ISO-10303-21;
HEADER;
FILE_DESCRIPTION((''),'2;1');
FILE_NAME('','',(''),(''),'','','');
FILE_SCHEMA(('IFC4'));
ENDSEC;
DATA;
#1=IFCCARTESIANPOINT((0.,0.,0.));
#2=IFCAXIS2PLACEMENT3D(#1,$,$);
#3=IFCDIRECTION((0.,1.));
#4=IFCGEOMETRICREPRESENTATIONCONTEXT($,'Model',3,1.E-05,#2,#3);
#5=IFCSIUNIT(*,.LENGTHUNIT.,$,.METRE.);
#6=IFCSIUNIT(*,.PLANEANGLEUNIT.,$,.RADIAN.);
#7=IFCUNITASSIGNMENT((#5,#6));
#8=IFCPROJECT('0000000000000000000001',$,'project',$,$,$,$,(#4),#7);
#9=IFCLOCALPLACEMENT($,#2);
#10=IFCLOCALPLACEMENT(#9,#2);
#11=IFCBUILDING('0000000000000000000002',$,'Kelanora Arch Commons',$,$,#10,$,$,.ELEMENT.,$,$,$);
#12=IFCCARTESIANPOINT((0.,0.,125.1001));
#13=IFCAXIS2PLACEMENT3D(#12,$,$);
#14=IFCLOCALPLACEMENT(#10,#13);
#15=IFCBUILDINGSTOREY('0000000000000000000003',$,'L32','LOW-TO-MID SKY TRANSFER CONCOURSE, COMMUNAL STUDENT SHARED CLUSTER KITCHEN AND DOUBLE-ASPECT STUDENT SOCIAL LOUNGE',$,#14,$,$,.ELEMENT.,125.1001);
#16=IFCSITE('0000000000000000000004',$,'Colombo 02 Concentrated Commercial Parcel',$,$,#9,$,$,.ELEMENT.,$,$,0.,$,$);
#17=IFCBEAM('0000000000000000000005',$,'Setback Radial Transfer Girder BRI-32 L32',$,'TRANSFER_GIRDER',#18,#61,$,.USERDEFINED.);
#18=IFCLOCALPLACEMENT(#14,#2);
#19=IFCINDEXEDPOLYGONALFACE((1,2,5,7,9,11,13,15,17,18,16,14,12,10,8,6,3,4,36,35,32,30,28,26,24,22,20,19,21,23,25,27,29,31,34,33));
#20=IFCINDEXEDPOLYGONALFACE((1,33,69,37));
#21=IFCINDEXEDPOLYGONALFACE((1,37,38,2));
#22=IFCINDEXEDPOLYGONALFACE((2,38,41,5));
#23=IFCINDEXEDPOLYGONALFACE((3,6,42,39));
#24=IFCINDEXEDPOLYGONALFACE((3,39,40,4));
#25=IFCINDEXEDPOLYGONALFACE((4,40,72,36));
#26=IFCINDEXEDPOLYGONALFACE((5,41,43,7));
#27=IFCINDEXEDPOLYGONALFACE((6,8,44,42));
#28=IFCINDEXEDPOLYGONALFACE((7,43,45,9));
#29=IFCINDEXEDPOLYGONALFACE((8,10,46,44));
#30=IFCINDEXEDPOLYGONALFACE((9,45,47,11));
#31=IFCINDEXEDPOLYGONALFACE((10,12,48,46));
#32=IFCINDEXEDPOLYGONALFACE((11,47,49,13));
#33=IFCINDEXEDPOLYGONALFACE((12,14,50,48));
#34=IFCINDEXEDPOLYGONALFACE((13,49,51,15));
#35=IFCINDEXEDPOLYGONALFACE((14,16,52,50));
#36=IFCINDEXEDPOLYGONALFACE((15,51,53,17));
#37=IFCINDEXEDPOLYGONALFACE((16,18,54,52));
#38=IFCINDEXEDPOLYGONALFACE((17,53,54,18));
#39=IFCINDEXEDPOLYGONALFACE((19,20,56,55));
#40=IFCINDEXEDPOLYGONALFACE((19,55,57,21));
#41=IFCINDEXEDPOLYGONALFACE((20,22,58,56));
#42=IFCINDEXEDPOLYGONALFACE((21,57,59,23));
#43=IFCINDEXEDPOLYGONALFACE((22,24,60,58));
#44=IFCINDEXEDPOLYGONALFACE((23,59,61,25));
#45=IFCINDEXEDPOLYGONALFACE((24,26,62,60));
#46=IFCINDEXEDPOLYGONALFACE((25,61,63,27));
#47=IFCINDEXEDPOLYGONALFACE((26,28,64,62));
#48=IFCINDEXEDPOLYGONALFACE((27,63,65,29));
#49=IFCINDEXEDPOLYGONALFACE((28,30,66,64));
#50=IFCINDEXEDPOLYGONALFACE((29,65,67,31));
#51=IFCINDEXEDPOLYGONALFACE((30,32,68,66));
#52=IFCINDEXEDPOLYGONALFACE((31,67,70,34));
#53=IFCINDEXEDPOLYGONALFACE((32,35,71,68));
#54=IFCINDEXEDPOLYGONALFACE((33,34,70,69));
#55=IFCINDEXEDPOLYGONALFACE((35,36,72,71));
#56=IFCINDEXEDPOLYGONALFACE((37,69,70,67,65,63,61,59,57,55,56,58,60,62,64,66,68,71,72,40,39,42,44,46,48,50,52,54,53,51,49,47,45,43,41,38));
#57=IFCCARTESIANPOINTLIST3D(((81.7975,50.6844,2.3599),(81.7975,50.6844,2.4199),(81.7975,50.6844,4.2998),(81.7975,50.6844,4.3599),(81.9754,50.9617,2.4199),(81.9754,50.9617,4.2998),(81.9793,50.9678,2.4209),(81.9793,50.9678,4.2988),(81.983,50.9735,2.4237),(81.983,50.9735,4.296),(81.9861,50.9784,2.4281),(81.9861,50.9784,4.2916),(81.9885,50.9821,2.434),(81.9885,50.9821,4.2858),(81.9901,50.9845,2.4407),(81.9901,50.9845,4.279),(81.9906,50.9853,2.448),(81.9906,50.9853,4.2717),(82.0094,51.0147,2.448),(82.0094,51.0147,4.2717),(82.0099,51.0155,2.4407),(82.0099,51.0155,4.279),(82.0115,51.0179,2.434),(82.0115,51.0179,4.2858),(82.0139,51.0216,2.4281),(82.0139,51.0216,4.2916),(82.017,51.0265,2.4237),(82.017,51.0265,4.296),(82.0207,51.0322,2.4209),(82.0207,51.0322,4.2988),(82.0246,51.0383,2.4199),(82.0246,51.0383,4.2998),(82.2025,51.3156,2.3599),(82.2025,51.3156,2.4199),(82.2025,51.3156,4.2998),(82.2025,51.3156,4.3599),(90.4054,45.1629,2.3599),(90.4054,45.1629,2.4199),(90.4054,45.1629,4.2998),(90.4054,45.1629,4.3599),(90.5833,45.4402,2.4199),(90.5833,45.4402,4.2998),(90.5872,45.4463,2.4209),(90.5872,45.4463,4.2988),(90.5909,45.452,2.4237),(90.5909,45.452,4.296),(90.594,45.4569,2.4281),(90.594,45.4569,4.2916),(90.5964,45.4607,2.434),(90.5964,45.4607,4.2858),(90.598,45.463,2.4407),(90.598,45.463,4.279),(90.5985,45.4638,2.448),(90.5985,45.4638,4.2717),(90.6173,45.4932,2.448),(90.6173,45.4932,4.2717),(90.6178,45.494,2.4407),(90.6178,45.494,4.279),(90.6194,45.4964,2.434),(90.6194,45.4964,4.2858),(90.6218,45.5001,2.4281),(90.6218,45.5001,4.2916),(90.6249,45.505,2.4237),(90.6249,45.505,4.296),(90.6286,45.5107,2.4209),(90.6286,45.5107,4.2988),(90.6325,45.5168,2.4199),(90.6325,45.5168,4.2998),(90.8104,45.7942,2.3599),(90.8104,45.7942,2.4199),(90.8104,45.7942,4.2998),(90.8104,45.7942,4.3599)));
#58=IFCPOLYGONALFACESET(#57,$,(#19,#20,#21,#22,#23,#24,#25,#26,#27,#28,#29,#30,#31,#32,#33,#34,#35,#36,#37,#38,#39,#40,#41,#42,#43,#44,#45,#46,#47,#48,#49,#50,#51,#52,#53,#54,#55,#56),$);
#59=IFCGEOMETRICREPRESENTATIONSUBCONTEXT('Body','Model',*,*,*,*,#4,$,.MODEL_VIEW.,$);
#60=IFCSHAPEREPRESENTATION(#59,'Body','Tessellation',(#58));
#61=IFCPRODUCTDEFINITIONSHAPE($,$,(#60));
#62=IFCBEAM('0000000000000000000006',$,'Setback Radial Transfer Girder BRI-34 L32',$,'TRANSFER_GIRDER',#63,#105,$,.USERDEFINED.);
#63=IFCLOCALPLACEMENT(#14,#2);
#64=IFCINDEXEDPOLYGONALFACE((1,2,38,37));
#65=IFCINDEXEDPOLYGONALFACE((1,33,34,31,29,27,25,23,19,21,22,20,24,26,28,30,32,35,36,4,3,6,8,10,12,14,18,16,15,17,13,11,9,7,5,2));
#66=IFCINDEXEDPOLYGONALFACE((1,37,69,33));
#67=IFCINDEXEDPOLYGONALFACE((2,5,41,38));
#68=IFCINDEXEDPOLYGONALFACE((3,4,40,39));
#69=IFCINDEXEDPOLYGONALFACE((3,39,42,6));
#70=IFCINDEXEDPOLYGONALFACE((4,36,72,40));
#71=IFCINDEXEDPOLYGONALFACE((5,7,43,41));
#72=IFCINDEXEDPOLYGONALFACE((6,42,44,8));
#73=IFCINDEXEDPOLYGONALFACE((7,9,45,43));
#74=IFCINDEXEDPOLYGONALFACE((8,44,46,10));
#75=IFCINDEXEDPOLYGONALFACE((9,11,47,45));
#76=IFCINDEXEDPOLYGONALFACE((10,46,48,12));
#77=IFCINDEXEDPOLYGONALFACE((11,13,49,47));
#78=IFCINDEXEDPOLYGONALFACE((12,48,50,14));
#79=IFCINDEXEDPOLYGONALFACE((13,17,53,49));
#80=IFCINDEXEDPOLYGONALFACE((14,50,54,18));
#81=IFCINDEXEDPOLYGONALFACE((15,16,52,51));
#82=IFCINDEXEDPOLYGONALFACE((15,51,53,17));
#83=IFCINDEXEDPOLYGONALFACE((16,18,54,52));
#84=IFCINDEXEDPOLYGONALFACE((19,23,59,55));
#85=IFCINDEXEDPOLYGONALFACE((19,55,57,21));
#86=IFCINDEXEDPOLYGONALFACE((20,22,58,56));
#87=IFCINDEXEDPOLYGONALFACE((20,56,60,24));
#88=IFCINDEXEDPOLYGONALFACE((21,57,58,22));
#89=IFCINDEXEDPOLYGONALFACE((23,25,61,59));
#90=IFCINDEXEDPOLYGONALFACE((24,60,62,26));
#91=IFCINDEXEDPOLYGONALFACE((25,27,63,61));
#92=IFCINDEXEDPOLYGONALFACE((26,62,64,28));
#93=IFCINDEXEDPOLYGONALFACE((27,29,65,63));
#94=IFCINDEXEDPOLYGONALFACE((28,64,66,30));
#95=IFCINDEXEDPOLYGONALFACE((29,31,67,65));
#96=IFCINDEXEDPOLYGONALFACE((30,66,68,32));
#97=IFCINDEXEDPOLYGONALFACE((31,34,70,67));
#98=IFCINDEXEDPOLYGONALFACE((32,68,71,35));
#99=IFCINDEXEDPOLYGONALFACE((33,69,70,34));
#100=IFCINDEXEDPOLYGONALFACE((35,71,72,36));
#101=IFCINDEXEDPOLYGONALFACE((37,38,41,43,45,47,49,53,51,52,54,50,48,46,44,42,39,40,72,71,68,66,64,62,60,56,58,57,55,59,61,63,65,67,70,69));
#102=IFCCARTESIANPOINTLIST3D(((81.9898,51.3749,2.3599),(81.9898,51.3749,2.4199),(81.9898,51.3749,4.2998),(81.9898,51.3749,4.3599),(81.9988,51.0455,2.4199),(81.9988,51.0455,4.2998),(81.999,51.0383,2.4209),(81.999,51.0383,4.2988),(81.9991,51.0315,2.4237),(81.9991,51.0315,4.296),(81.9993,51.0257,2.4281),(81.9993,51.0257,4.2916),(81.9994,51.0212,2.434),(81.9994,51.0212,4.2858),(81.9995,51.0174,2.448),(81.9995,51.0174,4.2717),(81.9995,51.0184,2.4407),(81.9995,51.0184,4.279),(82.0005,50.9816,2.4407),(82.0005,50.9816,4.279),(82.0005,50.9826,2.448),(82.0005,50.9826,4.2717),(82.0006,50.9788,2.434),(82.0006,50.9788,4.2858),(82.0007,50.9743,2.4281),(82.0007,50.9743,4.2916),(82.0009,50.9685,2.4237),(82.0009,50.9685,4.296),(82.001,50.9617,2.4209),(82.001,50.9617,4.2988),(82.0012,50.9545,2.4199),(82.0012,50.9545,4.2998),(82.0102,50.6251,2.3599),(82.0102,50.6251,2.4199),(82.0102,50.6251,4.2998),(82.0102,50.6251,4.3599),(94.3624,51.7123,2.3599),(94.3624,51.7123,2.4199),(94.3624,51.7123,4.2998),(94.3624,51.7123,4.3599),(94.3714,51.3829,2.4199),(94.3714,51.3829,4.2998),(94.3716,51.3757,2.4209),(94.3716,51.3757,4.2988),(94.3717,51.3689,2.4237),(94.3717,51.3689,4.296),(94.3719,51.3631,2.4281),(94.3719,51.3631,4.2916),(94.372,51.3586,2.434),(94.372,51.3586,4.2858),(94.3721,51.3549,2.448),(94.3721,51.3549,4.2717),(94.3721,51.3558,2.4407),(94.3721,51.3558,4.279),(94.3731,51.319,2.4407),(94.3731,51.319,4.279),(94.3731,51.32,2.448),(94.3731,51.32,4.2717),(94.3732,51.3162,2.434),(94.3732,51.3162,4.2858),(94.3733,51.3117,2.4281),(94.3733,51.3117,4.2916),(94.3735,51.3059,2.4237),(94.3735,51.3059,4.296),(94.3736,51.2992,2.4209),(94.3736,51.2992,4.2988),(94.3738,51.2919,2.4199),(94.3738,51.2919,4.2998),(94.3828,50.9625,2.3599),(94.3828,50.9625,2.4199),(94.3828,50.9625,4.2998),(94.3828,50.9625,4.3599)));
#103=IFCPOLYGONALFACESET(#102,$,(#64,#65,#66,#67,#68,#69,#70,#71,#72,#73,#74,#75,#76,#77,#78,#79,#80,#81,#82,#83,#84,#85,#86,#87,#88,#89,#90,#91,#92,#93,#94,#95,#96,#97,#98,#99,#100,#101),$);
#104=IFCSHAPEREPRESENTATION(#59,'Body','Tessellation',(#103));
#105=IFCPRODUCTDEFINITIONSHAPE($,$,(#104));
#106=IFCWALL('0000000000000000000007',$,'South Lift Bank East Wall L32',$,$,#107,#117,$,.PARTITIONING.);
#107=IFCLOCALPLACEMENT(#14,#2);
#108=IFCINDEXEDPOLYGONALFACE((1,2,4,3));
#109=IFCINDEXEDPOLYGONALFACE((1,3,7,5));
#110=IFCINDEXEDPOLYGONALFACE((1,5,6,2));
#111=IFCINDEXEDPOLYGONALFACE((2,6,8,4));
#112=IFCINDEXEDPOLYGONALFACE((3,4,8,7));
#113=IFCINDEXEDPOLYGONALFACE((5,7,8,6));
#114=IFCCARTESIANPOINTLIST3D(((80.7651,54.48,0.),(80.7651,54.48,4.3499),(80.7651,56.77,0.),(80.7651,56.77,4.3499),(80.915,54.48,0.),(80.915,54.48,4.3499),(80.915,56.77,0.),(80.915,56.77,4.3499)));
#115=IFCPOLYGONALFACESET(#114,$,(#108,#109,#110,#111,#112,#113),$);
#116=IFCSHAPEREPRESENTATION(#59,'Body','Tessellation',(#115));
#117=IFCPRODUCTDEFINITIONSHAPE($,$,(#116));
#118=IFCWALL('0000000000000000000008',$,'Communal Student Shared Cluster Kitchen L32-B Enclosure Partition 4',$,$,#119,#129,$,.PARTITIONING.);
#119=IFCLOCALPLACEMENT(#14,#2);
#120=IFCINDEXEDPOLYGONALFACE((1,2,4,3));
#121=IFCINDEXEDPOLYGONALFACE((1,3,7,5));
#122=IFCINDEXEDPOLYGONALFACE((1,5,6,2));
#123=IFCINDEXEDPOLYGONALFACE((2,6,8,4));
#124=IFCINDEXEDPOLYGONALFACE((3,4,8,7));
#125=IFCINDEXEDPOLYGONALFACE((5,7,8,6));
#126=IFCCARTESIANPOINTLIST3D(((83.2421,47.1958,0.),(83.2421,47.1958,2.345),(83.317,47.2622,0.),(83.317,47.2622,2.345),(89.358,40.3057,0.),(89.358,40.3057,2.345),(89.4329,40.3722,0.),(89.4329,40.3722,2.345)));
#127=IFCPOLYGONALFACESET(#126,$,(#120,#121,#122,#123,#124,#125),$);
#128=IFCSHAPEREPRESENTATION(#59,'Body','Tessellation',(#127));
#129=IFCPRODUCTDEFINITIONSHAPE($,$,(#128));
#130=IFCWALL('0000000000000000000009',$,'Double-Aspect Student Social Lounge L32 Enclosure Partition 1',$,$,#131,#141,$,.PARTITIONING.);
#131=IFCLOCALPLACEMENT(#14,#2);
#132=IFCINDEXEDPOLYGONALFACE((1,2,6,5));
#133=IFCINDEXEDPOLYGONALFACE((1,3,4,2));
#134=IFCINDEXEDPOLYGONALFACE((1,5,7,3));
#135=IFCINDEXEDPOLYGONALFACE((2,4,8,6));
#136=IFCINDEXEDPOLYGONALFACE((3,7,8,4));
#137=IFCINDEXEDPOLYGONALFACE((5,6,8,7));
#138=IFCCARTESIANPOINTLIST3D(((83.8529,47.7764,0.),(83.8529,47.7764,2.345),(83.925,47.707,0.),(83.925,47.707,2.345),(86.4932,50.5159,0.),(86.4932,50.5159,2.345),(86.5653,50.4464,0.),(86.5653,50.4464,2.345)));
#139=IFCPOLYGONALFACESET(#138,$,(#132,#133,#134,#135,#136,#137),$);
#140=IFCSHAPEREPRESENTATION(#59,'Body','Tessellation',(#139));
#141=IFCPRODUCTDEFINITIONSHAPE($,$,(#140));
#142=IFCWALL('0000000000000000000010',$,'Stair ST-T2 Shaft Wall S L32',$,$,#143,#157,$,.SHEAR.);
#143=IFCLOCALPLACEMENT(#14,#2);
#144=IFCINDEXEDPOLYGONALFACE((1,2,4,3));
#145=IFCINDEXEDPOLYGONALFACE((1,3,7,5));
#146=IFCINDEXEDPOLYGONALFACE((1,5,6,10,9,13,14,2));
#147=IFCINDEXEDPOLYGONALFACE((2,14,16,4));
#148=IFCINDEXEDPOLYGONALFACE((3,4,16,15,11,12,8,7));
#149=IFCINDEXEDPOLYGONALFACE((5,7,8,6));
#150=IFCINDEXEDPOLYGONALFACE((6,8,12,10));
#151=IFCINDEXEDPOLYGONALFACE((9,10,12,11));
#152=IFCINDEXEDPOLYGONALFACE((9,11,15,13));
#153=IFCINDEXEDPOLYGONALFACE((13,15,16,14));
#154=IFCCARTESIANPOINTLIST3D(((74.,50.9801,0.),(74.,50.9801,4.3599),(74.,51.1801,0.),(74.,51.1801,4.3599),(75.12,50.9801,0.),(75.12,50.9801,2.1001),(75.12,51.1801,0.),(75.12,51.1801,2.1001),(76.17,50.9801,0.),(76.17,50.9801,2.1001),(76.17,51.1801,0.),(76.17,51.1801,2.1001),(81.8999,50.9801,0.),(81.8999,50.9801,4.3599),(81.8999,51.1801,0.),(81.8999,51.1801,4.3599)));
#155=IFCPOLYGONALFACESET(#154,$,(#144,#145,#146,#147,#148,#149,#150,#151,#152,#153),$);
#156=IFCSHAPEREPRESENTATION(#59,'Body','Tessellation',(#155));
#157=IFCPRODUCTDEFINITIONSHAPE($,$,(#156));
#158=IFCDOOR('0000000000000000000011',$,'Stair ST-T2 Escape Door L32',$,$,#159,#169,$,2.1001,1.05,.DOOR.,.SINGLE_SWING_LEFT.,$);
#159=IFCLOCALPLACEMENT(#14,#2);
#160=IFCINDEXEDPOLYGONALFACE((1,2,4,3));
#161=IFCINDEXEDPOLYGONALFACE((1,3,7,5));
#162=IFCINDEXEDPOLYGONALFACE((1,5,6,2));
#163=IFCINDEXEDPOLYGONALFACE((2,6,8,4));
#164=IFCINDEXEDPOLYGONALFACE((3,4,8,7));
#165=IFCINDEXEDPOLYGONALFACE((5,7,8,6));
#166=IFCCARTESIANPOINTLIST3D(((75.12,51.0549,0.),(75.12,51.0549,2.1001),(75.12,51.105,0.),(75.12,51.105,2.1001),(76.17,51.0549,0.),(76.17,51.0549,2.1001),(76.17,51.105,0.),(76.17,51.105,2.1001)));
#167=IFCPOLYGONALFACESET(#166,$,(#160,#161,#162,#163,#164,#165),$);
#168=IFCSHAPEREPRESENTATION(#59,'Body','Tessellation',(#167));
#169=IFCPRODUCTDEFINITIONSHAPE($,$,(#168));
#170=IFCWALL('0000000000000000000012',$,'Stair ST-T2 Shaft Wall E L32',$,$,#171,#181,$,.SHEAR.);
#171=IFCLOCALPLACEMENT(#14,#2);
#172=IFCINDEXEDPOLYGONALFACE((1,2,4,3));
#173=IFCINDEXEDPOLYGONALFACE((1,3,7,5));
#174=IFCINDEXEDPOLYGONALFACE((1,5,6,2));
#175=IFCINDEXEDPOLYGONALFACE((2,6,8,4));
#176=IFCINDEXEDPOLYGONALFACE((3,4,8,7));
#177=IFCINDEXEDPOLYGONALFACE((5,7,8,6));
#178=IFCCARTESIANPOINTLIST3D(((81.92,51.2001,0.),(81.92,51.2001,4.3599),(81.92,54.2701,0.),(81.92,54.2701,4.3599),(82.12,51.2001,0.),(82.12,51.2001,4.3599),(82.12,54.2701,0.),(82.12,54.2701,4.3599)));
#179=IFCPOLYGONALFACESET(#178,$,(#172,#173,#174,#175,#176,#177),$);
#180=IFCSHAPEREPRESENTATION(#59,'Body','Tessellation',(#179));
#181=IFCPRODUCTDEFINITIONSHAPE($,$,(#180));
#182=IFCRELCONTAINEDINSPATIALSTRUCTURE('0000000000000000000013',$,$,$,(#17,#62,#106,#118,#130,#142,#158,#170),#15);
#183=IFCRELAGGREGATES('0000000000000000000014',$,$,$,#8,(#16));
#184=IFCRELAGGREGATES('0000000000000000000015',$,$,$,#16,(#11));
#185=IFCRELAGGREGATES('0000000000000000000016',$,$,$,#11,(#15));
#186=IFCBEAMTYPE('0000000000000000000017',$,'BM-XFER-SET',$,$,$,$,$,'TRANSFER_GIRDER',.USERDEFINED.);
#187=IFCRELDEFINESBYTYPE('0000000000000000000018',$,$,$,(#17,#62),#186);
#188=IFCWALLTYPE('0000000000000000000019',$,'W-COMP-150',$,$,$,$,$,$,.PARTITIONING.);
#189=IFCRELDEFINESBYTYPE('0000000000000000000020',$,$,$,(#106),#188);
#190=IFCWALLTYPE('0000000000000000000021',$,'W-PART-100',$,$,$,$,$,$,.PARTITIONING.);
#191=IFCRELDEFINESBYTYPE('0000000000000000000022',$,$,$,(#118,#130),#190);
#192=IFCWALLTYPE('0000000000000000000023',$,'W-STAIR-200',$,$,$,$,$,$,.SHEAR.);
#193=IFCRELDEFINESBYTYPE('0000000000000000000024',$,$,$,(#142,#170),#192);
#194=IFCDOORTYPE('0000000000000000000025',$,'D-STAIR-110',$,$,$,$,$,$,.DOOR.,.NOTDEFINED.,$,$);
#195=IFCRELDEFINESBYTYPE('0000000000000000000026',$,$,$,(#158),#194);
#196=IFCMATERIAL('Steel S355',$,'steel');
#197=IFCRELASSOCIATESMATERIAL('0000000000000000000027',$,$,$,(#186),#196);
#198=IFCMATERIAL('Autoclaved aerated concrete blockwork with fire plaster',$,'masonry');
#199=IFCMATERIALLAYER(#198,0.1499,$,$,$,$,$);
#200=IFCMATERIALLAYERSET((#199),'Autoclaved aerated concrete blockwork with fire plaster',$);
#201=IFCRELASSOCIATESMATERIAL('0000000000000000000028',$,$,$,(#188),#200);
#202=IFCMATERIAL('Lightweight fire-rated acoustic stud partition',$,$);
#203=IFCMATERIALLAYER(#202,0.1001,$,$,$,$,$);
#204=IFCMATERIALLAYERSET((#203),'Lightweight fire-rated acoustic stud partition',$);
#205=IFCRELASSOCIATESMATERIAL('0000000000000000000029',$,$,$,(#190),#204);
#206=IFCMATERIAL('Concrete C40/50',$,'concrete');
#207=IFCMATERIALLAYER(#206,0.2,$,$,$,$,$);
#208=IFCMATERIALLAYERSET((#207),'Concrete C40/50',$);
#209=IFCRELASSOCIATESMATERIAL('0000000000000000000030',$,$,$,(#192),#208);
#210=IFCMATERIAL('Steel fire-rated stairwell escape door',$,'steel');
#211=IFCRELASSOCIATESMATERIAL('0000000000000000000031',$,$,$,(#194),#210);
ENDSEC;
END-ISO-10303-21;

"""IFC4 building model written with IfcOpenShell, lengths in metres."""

from ifc_helpers import new_model, si_unit, direction, frame, frame_2d, origin, origin_2d, place, context, subcontext, project, spatial, rectangle, i_section, extrude, material, layer, layer_set, material_profile, profile_set, type_object, element, fill, save


model = new_model("IFC4")

# Units and contexts
model_context = context("Model", 3, precision=1e-05, world=origin(), true_north=direction((0.0, 1.0)))
body_context = subcontext(model_context, "Body", "Model", "MODEL_VIEW")
ifc_project = project(units=[si_unit("LENGTHUNIT", "METRE"), si_unit("PLANEANGLEUNIT", "RADIAN")], contexts=[model_context])

# Site, building, storey
site_placement = place(None, origin())
site = spatial("IfcSite", under=ifc_project, at=site_placement, Name="Colombo 02 Concentrated Commercial Parcel", CompositionType="ELEMENT", RefElevation=0.0)
building_placement = place(site_placement, origin())
building = spatial("IfcBuilding", under=site, at=building_placement, Name="Kelanora Arch Commons", CompositionType="ELEMENT")
storey_placement = place(building_placement, frame((0.0, 0.0, 125.1001)))
storey = spatial("IfcBuildingStorey", under=building, at=storey_placement, Name="L32", Description="LOW-TO-MID SKY TRANSFER CONCOURSE, COMMUNAL STUDENT SHARED CLUSTER KITCHEN AND DOUBLE-ASPECT STUDENT SOCIAL LOUNGE", CompositionType="ELEMENT", Elevation=125.1001)

# Beams
ifc_material_1 = material(Name="Steel S355", Category="steel")
ifc_material_profile_1 = material_profile(ifc_material_1, i_section(OverallWidth=0.75, OverallDepth=2.0, WebThickness=0.0349, FlangeThickness=0.0601, FilletRadius=0.0281, at=origin_2d()), Name="PG2000x750")
ifc_profile_set_1 = profile_set([ifc_material_profile_1], Name="Steel S355")
beam_type_1 = type_object("IfcBeamType", Name="BM-XFER-SET", ElementType="TRANSFER_GIRDER", PredefinedType="USERDEFINED", material=ifc_profile_set_1)
beam_1_placement = place(storey_placement, frame((82.0, 51.0, 3.3599), z_axis=(0.841719, -0.539915, 0.0), x_axis=(0.539915, 0.841719, 0.0)))
element("IfcBeam", 1, at=beam_1_placement, inside=storey, type_object=beam_type_1, Name="Setback Radial Transfer Girder BRI-32 L32", ObjectType="TRANSFER_GIRDER", PredefinedType="USERDEFINED", context=body_context, shape_type="SweptSolid", body=[
    extrude(i_section(OverallWidth=0.75, OverallDepth=2.0, WebThickness=0.0349, FlangeThickness=0.0601, FilletRadius=0.0281, at=origin_2d()), origin(), (0.0, 0.0, 1.0), 10.2266),
])
beam_2_placement = place(storey_placement, frame((82.0, 51.0, 3.3599), z_axis=(0.999628, 0.02726, 0.0), x_axis=(-0.02726, 0.999628, 0.0)))
element("IfcBeam", 2, at=beam_2_placement, inside=storey, type_object=beam_type_1, Name="Setback Radial Transfer Girder BRI-34 L32", ObjectType="TRANSFER_GIRDER", PredefinedType="USERDEFINED", context=body_context, shape_type="SweptSolid", body=[
    extrude(i_section(OverallWidth=0.75, OverallDepth=2.0, WebThickness=0.0349, FlangeThickness=0.0601, FilletRadius=0.0281, at=origin_2d()), origin(), (0.0, 0.0, 1.0), 12.3772),
])

# Walls
ifc_material_2 = material(Name="Autoclaved aerated concrete blockwork with fire plaster", Category="masonry")
ifc_layer_1 = layer(ifc_material_2, 0.1499)
ifc_layer_set_1 = layer_set([ifc_layer_1], Name="Autoclaved aerated concrete blockwork with fire plaster")
wall_type_1 = type_object("IfcWallType", Name="W-COMP-150", PredefinedType="PARTITIONING", material=ifc_layer_set_1)
wall_1_placement = place(storey_placement, frame((80.8401, 54.48, 0.0), z_axis=(0.0, 0.0, 1.0), x_axis=(0.0, 1.0, 0.0)))
element("IfcWall", 3, at=wall_1_placement, inside=storey, type_object=wall_type_1, Name="South Lift Bank East Wall L32", PredefinedType="PARTITIONING", context=body_context, shape_type="SweptSolid", body=[
    extrude(rectangle(XDim=2.29, YDim=0.1499, at=frame_2d((1.145, 0.0))), origin(), (0.0, 0.0, 1.0), 4.3499),
])
ifc_material_3 = material(Name="Lightweight fire-rated acoustic stud partition")
ifc_layer_2 = layer(ifc_material_3, 0.1001)
ifc_layer_set_2 = layer_set([ifc_layer_2], Name="Lightweight fire-rated acoustic stud partition")
wall_type_2 = type_object("IfcWallType", Name="W-PART-100", PredefinedType="PARTITIONING", material=ifc_layer_set_2)
wall_2_placement = place(storey_placement, frame((83.2795, 47.229, 0.0), z_axis=(0.0, 0.0, 1.0), x_axis=(0.663842, -0.747873, 0.0)))
element("IfcWall", 4, at=wall_2_placement, inside=storey, type_object=wall_type_2, Name="Communal Student Shared Cluster Kitchen L32-B Enclosure Partition 4", PredefinedType="PARTITIONING", context=body_context, shape_type="SweptSolid", body=[
    extrude(rectangle(XDim=9.2129, YDim=0.1001, at=frame_2d((4.6064, 0.0))), origin(), (0.0, 0.0, 1.0), 2.345),
])
wall_3_placement = place(storey_placement, frame((83.8889, 47.7417, 0.0), z_axis=(0.0, 0.0, 1.0), x_axis=(0.693961, 0.720013, 0.0)))
element("IfcWall", 5, at=wall_3_placement, inside=storey, type_object=wall_type_2, Name="Double-Aspect Student Social Lounge L32 Enclosure Partition 1", PredefinedType="PARTITIONING", context=body_context, shape_type="SweptSolid", body=[
    extrude(rectangle(XDim=3.8047, YDim=0.1001, at=frame_2d((1.9023, 0.0))), origin(), (0.0, 0.0, 1.0), 2.345),
])

# Wall, opening, door
ifc_material_4 = material(Name="Concrete C40/50", Category="concrete")
ifc_layer_3 = layer(ifc_material_4, 0.2)
ifc_layer_set_3 = layer_set([ifc_layer_3], Name="Concrete C40/50")
wall_type_3 = type_object("IfcWallType", Name="W-STAIR-200", PredefinedType="SHEAR", material=ifc_layer_set_3)
wall_4_placement = place(storey_placement, frame((74.0, 51.0801, 0.0), z_axis=(0.0, 0.0, 1.0), x_axis=(1.0, 0.0, 0.0)))
wall_4 = element("IfcWall", 6, at=wall_4_placement, inside=storey, type_object=wall_type_3, Name="Stair ST-T2 Shaft Wall S L32", PredefinedType="SHEAR", context=body_context, shape_type="SweptSolid", body=[
    extrude(rectangle(XDim=7.8999, YDim=0.2, at=frame_2d((3.95, 0.0))), origin(), (0.0, 0.0, 1.0), 4.3599),
])
opening_placement = place(wall_4_placement, frame((1.1201, 0.0, 0.0)))
opening = element("IfcOpeningElement", 7, at=opening_placement, cuts=wall_4, PredefinedType="OPENING", context=body_context, shape_type="SweptSolid", body=[
    extrude(rectangle(XDim=1.05, YDim=2.1001, at=frame_2d((0.5249, 1.05))), frame((0.0, 0.1099, 0.0), z_axis=(0.0, -1.0, 0.0), x_axis=(1.0, 0.0, 0.0)), (0.0, 0.0, 1.0), 0.22),
])
ifc_material_5 = material(Name="Steel fire-rated stairwell escape door", Category="steel")
door_type = type_object("IfcDoorType", Name="D-STAIR-110", OperationType="NOTDEFINED", PredefinedType="DOOR", material=ifc_material_5)
door_placement = place(opening_placement, origin())
door = element("IfcDoor", 8, at=door_placement, inside=storey, type_object=door_type, Name="Stair ST-T2 Escape Door L32", OperationType="SINGLE_SWING_LEFT", OverallHeight=2.1001, OverallWidth=1.05, PredefinedType="DOOR", context=body_context, shape_type="SweptSolid", body=[
    extrude(rectangle(XDim=1.05, YDim=2.1001, at=frame_2d((0.5249, 1.05))), frame((0.0, 0.0249, 0.0), z_axis=(0.0, -1.0, 0.0), x_axis=(1.0, 0.0, 0.0)), (0.0, 0.0, 1.0), 0.05),
])
fill(opening, door)

# Wall
wall_5_placement = place(storey_placement, frame((82.02, 51.2, 0.0), z_axis=(0.0, 0.0, 1.0), x_axis=(0.0, 1.0, 0.0)))
element("IfcWall", 9, at=wall_5_placement, inside=storey, type_object=wall_type_3, Name="Stair ST-T2 Shaft Wall E L32", PredefinedType="SHEAR", context=body_context, shape_type="SweptSolid", body=[
    extrude(rectangle(XDim=3.0701, YDim=0.2, at=frame_2d((1.5352, 0.0))), origin(), (0.0, 0.0, 1.0), 4.3599),
])

save(model, "model.ifc")
